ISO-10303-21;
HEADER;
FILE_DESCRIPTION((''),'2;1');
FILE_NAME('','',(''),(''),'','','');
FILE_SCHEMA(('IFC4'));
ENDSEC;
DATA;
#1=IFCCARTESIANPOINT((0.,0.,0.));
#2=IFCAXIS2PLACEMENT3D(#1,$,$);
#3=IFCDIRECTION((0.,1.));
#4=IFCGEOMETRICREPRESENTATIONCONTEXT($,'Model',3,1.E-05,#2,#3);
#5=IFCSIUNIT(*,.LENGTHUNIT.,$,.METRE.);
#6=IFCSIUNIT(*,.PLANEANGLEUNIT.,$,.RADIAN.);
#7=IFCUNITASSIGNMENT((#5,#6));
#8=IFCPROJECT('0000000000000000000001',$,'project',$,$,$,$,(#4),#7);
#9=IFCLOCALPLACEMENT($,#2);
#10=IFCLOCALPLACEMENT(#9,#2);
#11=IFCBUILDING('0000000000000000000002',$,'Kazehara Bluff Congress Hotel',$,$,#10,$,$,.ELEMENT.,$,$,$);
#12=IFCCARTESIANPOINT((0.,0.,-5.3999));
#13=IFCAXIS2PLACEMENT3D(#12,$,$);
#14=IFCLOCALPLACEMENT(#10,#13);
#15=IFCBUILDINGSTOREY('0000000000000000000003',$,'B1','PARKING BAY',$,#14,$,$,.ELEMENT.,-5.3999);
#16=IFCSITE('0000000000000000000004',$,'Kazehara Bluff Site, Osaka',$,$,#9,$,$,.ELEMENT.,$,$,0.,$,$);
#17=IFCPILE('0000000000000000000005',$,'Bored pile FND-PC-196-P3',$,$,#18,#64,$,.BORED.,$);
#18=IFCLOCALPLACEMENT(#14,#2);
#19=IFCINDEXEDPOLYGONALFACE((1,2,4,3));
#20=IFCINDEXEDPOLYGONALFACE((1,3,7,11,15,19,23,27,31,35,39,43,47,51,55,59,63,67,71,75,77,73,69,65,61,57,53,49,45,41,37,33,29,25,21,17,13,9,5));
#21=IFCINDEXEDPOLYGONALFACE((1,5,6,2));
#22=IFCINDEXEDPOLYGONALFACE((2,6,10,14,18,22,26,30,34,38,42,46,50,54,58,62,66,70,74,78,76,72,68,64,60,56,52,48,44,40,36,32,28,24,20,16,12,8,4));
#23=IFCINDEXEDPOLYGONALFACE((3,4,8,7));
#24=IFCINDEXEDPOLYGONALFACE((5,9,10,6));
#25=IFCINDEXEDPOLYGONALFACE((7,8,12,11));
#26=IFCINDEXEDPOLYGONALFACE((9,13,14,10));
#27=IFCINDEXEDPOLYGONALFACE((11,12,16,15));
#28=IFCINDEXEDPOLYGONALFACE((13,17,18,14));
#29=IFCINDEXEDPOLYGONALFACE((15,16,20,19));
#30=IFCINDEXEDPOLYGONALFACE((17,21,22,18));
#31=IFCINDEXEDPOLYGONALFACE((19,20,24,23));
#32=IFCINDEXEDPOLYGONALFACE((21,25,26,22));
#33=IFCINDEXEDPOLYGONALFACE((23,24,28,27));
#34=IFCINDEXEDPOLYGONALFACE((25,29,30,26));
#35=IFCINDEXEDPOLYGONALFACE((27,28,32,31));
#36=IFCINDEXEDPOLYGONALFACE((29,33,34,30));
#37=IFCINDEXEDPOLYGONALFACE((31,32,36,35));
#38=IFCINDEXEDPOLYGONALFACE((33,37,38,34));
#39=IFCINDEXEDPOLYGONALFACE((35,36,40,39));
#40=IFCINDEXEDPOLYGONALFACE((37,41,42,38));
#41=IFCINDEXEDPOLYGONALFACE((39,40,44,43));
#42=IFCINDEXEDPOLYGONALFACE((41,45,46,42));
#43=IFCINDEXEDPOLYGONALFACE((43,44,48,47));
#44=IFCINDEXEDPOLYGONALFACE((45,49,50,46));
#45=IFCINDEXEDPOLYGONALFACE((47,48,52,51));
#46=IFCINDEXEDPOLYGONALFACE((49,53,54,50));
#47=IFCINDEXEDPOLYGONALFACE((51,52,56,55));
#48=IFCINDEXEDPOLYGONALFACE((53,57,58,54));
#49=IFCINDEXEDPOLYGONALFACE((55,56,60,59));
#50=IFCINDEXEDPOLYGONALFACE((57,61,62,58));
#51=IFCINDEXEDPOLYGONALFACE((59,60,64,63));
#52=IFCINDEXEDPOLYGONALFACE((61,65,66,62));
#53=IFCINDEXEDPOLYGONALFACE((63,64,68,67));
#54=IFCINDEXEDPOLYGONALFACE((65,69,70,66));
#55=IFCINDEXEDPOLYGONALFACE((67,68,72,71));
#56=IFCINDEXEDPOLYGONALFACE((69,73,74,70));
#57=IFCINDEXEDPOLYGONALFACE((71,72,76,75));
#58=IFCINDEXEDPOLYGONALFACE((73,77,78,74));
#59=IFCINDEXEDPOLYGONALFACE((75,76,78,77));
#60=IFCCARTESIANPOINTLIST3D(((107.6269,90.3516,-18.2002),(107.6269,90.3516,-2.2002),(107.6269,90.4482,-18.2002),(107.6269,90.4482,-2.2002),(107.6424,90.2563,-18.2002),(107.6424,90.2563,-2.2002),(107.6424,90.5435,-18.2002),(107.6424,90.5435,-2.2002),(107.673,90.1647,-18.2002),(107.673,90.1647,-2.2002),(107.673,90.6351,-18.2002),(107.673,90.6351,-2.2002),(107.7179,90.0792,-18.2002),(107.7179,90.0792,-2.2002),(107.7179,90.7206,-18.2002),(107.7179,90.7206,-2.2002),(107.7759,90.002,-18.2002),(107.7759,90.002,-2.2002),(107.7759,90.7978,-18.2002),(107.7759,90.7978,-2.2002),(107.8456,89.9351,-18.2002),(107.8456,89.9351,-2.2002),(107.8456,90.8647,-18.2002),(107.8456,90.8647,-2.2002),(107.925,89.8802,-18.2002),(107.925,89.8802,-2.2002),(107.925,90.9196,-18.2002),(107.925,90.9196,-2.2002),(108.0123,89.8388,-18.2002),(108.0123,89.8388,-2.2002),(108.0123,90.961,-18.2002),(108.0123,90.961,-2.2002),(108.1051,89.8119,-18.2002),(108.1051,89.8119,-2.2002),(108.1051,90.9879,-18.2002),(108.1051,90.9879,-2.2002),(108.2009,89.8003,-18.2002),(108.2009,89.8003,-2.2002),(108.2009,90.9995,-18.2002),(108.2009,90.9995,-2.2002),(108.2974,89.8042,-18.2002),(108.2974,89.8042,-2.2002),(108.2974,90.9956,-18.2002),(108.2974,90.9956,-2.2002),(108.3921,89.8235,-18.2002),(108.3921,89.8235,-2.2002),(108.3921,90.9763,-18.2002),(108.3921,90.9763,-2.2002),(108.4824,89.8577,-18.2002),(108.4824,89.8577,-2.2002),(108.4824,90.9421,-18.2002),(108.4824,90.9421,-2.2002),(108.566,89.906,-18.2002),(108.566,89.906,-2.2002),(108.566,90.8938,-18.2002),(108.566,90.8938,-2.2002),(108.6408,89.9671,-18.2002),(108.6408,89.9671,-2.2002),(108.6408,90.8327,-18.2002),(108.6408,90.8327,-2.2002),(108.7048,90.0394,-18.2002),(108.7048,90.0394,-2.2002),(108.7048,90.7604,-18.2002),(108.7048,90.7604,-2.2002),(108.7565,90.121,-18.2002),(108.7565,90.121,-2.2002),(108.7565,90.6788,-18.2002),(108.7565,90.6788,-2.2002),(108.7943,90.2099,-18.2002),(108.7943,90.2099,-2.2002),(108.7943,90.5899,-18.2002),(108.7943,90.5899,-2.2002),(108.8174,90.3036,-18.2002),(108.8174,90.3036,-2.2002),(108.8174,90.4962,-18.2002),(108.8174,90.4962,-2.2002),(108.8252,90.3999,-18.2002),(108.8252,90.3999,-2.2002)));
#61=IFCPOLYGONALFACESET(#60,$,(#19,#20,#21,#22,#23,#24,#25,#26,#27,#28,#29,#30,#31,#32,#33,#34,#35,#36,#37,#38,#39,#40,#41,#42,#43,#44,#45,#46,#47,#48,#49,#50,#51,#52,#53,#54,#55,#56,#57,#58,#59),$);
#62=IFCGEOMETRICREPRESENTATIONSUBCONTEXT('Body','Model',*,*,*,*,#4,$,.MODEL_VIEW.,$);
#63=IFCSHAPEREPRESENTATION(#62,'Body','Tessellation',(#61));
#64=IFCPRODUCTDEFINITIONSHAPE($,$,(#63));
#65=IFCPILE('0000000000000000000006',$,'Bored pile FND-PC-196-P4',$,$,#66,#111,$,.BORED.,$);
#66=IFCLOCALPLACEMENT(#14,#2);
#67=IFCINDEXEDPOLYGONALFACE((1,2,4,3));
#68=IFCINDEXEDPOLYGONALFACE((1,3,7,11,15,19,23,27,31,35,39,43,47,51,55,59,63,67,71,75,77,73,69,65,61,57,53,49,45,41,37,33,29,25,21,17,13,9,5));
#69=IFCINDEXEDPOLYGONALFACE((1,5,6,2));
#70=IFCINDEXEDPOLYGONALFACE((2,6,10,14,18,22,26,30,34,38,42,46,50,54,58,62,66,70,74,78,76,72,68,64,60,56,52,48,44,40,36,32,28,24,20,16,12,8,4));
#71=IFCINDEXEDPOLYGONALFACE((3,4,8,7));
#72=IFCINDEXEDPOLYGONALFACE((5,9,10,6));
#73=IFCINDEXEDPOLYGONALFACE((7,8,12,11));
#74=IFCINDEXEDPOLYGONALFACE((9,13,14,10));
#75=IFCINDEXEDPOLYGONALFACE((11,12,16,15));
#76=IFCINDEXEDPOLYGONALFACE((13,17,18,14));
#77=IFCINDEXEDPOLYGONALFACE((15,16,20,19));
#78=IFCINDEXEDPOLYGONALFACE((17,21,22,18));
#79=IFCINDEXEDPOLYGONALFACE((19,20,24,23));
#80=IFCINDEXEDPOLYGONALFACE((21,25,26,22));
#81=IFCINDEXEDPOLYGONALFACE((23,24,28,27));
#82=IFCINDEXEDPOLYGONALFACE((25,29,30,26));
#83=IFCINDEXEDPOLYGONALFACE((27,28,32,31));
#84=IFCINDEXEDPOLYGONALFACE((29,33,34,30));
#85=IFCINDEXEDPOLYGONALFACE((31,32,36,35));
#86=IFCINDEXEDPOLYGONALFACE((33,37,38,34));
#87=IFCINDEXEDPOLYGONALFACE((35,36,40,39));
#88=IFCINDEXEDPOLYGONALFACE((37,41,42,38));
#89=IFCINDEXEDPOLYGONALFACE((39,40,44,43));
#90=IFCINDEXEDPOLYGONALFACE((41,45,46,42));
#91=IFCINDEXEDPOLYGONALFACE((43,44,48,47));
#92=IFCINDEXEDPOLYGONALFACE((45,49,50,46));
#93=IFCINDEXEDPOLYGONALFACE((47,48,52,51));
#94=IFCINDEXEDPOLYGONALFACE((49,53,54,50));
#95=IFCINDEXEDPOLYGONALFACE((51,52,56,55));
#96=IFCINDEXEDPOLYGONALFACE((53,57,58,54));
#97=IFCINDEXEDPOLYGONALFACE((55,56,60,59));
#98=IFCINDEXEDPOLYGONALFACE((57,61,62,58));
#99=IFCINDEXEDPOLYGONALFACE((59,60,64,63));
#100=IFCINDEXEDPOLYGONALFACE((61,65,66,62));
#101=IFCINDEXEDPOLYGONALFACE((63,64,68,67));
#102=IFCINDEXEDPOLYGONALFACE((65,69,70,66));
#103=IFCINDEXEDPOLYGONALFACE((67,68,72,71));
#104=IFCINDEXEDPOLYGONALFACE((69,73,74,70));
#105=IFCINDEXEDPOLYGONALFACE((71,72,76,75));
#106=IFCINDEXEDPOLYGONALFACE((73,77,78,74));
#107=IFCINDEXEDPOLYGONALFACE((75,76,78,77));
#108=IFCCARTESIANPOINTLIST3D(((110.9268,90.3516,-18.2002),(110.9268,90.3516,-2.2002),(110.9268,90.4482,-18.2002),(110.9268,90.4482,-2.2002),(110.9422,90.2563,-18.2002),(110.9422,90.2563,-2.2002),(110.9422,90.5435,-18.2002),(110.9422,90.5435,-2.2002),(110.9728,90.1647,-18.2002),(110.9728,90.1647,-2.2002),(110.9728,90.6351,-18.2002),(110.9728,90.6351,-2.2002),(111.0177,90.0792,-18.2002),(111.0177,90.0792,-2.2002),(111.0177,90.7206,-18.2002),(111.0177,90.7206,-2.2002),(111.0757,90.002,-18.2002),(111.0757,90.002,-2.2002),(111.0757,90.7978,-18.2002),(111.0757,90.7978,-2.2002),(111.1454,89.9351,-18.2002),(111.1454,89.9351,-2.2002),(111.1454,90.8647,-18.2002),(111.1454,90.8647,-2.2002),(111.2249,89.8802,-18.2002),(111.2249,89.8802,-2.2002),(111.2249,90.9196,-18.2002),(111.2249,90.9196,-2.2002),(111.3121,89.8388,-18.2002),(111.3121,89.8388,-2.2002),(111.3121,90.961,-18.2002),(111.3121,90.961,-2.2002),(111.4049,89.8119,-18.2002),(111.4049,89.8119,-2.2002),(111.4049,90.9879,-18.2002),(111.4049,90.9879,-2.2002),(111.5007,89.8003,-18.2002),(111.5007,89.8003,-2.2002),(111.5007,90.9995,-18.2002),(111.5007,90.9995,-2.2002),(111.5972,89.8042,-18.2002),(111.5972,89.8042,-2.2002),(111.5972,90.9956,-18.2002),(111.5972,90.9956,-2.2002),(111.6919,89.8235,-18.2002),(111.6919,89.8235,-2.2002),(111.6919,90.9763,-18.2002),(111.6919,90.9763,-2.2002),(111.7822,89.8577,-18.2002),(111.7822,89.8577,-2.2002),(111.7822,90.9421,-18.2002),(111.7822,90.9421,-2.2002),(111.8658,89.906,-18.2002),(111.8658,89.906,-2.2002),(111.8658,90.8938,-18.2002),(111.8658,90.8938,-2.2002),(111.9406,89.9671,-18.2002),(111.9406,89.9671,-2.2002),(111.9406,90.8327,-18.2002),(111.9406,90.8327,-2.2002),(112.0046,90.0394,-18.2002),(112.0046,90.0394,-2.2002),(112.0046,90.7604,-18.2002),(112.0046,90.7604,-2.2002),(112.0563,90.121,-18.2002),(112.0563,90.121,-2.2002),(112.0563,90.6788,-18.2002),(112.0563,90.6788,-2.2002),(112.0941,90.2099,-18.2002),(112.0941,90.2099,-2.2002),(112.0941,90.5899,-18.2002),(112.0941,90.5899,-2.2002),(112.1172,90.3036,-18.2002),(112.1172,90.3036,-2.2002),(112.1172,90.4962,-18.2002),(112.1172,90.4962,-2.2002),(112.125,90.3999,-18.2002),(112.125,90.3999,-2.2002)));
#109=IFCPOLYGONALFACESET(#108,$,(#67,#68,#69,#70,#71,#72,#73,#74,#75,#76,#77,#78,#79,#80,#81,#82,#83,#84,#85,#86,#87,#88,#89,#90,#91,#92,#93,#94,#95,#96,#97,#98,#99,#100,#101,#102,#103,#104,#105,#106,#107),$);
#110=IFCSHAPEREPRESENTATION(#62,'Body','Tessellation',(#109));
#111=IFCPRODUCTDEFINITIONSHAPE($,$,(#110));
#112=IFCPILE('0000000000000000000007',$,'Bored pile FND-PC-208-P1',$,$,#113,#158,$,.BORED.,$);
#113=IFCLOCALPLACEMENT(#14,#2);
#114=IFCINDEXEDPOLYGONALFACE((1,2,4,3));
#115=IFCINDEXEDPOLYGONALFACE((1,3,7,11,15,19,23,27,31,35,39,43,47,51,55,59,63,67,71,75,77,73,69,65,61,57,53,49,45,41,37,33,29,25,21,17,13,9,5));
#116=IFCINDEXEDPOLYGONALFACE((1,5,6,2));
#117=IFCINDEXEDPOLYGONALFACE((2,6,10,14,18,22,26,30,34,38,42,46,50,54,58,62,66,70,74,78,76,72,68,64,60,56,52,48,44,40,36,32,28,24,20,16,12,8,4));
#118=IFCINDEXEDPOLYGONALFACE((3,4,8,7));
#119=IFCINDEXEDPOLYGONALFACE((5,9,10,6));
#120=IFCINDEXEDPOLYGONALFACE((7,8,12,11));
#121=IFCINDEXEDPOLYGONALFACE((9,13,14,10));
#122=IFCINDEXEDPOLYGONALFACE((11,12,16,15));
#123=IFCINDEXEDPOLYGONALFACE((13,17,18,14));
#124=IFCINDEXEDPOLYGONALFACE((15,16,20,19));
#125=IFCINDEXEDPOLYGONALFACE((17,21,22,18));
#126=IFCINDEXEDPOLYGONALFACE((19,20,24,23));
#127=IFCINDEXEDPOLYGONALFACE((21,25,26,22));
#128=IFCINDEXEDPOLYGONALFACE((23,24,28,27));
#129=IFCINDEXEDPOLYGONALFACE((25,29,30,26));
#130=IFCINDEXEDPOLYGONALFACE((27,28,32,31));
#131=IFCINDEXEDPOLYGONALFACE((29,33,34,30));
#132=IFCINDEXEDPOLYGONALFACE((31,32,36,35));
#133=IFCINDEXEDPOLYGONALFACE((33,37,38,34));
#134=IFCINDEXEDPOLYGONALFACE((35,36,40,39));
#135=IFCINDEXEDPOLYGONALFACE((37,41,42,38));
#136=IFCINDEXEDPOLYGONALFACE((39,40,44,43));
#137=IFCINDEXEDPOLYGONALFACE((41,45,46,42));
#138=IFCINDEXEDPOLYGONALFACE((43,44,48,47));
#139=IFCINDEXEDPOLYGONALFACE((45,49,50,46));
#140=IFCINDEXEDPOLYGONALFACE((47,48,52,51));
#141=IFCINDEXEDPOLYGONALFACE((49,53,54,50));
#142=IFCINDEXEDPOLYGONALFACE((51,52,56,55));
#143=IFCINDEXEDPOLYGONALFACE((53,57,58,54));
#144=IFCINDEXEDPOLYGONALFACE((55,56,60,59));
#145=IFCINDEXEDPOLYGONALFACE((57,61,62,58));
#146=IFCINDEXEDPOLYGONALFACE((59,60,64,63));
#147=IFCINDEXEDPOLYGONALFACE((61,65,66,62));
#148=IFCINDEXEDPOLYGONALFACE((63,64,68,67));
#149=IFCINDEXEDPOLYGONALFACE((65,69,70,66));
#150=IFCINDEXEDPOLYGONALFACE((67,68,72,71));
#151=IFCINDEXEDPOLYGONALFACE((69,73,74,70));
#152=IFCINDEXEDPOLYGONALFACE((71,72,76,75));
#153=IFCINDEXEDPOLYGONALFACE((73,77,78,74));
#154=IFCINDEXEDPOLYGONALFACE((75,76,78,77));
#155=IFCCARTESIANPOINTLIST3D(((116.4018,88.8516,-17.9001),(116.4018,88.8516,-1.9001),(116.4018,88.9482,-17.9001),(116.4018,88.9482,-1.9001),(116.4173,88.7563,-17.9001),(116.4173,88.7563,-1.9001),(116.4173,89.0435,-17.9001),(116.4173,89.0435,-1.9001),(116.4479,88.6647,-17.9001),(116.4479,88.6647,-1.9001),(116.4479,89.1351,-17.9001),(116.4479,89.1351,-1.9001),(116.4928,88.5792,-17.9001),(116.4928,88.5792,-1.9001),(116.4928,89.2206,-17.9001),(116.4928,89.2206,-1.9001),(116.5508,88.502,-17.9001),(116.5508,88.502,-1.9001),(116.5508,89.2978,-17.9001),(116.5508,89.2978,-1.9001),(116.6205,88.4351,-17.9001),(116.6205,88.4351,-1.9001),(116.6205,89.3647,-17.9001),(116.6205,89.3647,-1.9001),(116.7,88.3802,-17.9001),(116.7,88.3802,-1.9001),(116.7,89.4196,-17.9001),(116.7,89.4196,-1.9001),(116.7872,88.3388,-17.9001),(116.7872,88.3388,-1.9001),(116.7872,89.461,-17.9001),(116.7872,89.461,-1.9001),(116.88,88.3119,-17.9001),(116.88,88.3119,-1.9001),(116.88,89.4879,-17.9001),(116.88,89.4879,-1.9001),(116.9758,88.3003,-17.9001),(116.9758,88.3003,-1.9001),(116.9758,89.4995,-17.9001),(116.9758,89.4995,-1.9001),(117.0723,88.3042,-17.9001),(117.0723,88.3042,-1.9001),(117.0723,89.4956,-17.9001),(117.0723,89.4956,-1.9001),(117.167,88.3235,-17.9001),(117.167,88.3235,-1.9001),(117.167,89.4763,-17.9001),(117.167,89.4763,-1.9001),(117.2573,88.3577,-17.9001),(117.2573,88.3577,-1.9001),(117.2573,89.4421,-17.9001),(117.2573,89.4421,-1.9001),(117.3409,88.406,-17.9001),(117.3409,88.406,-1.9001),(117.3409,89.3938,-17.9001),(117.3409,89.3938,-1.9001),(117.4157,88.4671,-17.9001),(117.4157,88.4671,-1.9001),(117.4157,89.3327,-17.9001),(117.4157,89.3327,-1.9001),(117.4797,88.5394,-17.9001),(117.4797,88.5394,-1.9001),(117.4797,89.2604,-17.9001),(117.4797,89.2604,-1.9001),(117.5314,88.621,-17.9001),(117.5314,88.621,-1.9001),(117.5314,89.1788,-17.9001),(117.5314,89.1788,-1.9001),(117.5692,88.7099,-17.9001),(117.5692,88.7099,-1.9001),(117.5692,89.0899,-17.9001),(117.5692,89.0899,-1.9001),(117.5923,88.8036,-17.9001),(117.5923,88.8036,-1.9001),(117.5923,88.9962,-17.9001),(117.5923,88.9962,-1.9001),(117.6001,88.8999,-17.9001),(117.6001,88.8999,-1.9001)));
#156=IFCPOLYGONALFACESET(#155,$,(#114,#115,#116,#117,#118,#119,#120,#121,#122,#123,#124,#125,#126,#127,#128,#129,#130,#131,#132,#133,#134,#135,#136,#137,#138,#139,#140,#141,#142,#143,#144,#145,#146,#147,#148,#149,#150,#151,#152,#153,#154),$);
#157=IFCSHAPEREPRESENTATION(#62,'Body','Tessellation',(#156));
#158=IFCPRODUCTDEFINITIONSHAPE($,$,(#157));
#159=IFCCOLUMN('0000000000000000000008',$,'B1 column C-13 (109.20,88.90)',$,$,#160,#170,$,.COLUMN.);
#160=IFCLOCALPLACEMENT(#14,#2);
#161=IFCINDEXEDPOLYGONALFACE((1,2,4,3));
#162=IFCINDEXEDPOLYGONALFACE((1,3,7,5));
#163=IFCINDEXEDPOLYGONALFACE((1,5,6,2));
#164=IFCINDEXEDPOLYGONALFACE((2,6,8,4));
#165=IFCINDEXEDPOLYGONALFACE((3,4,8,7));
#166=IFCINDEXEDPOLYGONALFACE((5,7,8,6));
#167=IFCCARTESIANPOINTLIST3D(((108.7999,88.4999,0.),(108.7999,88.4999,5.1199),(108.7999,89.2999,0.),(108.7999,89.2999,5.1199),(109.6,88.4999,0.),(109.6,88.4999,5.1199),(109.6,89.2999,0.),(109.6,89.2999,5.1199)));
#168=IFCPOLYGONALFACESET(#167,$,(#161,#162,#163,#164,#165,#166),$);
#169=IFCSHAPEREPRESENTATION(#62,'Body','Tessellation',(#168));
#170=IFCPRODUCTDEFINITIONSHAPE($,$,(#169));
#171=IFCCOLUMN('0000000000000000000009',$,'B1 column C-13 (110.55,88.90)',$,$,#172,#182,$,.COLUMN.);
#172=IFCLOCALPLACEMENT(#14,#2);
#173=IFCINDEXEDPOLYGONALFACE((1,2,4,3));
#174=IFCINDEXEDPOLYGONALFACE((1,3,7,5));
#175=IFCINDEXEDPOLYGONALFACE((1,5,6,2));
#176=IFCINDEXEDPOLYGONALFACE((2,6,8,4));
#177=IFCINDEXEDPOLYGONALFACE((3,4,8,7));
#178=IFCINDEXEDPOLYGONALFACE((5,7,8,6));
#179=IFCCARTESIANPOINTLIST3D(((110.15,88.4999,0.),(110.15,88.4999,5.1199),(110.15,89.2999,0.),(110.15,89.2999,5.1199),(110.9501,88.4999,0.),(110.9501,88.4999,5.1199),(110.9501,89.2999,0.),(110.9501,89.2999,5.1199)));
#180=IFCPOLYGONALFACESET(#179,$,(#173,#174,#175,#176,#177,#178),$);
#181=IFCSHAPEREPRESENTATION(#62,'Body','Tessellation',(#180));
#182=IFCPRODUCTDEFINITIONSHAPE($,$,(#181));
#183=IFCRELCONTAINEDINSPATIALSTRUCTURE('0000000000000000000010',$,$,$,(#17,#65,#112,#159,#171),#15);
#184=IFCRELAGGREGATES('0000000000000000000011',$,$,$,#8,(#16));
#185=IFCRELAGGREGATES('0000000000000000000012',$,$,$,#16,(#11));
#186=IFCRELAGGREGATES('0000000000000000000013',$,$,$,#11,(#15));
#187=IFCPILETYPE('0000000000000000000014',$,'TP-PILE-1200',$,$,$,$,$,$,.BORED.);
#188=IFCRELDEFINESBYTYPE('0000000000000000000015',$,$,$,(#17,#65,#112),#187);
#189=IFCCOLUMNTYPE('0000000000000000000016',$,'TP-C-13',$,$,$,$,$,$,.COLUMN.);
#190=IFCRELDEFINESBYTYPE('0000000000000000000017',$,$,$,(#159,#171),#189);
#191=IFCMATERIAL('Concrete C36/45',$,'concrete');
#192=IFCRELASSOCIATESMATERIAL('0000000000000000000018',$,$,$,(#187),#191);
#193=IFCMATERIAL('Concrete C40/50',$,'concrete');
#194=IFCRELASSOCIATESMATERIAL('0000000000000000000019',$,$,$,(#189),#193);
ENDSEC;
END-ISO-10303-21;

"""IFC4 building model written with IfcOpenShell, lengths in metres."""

from ifc_helpers import new_model, si_unit, direction, frame, origin, origin_2d, place, context, subcontext, project, spatial, rectangle, circle, extrude, material, material_profile, profile_set, type_object, element, save


model = new_model("IFC4")

# Units and contexts
model_context = context("Model", 3, precision=1e-05, world=origin(), true_north=direction((0.0, 1.0)))
body_context = subcontext(model_context, "Body", "Model", "MODEL_VIEW")
ifc_project = project(units=[si_unit("LENGTHUNIT", "METRE"), si_unit("PLANEANGLEUNIT", "RADIAN")], contexts=[model_context])

# Site, building, storey
site_placement = place(None, origin())
site = spatial("IfcSite", under=ifc_project, at=site_placement, Name="Kazehara Bluff Site, Osaka", CompositionType="ELEMENT", RefElevation=0.0)
building_placement = place(site_placement, origin())
building = spatial("IfcBuilding", under=site, at=building_placement, Name="Kazehara Bluff Congress Hotel", CompositionType="ELEMENT")
storey_placement = place(building_placement, frame((0.0, 0.0, -5.3999)))
storey = spatial("IfcBuildingStorey", under=building, at=storey_placement, Name="B1", Description="PARKING BAY", CompositionType="ELEMENT", Elevation=-5.3999)

# Piles
ifc_material_1 = material(Name="Concrete C36/45", Category="concrete")
ifc_material_profile_1 = material_profile(ifc_material_1, circle(Radius=0.6001, at=origin_2d()))
ifc_profile_set_1 = profile_set([ifc_material_profile_1], Name="Concrete C36/45")
pile_type = type_object("IfcPileType", Name="TP-PILE-1200", PredefinedType="BORED", material=ifc_profile_set_1)
for number, where, z_axis, x_axis, name in (
    (1, (108.2251, 90.3999, -2.2002), (0.0, 0.0, -1.0), (1.0, 0.0, 0.0), "Bored pile FND-PC-196-P3"),
    (2, (111.5249, 90.3999, -2.2002), (0.0, 0.0, -1.0), (1.0, 0.0, 0.0), "Bored pile FND-PC-196-P4"),
    (3, (117.0, 88.8999, -1.9001), (0.0, 0.0, -1.0), (1.0, 0.0, 0.0), "Bored pile FND-PC-208-P1"),
):
    element("IfcPile", number, at=place(storey_placement, frame(where, z_axis=z_axis, x_axis=x_axis)), inside=storey, type_object=pile_type, Name=name, PredefinedType="BORED", context=body_context, shape_type="SweptSolid", body=[
        extrude(circle(Radius=0.6001, at=origin_2d()), origin(), (0.0, 0.0, 1.0), 16.0),
    ])

# Columns
ifc_material_2 = material(Name="Concrete C40/50", Category="concrete")
ifc_material_profile_2 = material_profile(ifc_material_2, rectangle(XDim=0.8, YDim=0.8, at=origin_2d()))
ifc_profile_set_2 = profile_set([ifc_material_profile_2], Name="Concrete C40/50")
column_type = type_object("IfcColumnType", Name="TP-C-13", PredefinedType="COLUMN", material=ifc_profile_set_2)
for number, where, z_axis, x_axis, name in (
    (4, (109.2, 88.8999, 0.0), (0.0, 0.0, 1.0), (1.0, 0.0, 0.0), "B1 column C-13 (109.20,88.90)"),
    (5, (110.55, 88.8999, 0.0), (0.0, 0.0, 1.0), (1.0, 0.0, 0.0), "B1 column C-13 (110.55,88.90)"),
):
    element("IfcColumn", number, at=place(storey_placement, frame(where, z_axis=z_axis, x_axis=x_axis)), inside=storey, type_object=column_type, Name=name, PredefinedType="COLUMN", context=body_context, shape_type="SweptSolid", body=[
        extrude(rectangle(XDim=0.8, YDim=0.8, at=origin_2d()), origin(), (0.0, 0.0, 1.0), 5.1199),
    ])

save(model, "model.ifc")
